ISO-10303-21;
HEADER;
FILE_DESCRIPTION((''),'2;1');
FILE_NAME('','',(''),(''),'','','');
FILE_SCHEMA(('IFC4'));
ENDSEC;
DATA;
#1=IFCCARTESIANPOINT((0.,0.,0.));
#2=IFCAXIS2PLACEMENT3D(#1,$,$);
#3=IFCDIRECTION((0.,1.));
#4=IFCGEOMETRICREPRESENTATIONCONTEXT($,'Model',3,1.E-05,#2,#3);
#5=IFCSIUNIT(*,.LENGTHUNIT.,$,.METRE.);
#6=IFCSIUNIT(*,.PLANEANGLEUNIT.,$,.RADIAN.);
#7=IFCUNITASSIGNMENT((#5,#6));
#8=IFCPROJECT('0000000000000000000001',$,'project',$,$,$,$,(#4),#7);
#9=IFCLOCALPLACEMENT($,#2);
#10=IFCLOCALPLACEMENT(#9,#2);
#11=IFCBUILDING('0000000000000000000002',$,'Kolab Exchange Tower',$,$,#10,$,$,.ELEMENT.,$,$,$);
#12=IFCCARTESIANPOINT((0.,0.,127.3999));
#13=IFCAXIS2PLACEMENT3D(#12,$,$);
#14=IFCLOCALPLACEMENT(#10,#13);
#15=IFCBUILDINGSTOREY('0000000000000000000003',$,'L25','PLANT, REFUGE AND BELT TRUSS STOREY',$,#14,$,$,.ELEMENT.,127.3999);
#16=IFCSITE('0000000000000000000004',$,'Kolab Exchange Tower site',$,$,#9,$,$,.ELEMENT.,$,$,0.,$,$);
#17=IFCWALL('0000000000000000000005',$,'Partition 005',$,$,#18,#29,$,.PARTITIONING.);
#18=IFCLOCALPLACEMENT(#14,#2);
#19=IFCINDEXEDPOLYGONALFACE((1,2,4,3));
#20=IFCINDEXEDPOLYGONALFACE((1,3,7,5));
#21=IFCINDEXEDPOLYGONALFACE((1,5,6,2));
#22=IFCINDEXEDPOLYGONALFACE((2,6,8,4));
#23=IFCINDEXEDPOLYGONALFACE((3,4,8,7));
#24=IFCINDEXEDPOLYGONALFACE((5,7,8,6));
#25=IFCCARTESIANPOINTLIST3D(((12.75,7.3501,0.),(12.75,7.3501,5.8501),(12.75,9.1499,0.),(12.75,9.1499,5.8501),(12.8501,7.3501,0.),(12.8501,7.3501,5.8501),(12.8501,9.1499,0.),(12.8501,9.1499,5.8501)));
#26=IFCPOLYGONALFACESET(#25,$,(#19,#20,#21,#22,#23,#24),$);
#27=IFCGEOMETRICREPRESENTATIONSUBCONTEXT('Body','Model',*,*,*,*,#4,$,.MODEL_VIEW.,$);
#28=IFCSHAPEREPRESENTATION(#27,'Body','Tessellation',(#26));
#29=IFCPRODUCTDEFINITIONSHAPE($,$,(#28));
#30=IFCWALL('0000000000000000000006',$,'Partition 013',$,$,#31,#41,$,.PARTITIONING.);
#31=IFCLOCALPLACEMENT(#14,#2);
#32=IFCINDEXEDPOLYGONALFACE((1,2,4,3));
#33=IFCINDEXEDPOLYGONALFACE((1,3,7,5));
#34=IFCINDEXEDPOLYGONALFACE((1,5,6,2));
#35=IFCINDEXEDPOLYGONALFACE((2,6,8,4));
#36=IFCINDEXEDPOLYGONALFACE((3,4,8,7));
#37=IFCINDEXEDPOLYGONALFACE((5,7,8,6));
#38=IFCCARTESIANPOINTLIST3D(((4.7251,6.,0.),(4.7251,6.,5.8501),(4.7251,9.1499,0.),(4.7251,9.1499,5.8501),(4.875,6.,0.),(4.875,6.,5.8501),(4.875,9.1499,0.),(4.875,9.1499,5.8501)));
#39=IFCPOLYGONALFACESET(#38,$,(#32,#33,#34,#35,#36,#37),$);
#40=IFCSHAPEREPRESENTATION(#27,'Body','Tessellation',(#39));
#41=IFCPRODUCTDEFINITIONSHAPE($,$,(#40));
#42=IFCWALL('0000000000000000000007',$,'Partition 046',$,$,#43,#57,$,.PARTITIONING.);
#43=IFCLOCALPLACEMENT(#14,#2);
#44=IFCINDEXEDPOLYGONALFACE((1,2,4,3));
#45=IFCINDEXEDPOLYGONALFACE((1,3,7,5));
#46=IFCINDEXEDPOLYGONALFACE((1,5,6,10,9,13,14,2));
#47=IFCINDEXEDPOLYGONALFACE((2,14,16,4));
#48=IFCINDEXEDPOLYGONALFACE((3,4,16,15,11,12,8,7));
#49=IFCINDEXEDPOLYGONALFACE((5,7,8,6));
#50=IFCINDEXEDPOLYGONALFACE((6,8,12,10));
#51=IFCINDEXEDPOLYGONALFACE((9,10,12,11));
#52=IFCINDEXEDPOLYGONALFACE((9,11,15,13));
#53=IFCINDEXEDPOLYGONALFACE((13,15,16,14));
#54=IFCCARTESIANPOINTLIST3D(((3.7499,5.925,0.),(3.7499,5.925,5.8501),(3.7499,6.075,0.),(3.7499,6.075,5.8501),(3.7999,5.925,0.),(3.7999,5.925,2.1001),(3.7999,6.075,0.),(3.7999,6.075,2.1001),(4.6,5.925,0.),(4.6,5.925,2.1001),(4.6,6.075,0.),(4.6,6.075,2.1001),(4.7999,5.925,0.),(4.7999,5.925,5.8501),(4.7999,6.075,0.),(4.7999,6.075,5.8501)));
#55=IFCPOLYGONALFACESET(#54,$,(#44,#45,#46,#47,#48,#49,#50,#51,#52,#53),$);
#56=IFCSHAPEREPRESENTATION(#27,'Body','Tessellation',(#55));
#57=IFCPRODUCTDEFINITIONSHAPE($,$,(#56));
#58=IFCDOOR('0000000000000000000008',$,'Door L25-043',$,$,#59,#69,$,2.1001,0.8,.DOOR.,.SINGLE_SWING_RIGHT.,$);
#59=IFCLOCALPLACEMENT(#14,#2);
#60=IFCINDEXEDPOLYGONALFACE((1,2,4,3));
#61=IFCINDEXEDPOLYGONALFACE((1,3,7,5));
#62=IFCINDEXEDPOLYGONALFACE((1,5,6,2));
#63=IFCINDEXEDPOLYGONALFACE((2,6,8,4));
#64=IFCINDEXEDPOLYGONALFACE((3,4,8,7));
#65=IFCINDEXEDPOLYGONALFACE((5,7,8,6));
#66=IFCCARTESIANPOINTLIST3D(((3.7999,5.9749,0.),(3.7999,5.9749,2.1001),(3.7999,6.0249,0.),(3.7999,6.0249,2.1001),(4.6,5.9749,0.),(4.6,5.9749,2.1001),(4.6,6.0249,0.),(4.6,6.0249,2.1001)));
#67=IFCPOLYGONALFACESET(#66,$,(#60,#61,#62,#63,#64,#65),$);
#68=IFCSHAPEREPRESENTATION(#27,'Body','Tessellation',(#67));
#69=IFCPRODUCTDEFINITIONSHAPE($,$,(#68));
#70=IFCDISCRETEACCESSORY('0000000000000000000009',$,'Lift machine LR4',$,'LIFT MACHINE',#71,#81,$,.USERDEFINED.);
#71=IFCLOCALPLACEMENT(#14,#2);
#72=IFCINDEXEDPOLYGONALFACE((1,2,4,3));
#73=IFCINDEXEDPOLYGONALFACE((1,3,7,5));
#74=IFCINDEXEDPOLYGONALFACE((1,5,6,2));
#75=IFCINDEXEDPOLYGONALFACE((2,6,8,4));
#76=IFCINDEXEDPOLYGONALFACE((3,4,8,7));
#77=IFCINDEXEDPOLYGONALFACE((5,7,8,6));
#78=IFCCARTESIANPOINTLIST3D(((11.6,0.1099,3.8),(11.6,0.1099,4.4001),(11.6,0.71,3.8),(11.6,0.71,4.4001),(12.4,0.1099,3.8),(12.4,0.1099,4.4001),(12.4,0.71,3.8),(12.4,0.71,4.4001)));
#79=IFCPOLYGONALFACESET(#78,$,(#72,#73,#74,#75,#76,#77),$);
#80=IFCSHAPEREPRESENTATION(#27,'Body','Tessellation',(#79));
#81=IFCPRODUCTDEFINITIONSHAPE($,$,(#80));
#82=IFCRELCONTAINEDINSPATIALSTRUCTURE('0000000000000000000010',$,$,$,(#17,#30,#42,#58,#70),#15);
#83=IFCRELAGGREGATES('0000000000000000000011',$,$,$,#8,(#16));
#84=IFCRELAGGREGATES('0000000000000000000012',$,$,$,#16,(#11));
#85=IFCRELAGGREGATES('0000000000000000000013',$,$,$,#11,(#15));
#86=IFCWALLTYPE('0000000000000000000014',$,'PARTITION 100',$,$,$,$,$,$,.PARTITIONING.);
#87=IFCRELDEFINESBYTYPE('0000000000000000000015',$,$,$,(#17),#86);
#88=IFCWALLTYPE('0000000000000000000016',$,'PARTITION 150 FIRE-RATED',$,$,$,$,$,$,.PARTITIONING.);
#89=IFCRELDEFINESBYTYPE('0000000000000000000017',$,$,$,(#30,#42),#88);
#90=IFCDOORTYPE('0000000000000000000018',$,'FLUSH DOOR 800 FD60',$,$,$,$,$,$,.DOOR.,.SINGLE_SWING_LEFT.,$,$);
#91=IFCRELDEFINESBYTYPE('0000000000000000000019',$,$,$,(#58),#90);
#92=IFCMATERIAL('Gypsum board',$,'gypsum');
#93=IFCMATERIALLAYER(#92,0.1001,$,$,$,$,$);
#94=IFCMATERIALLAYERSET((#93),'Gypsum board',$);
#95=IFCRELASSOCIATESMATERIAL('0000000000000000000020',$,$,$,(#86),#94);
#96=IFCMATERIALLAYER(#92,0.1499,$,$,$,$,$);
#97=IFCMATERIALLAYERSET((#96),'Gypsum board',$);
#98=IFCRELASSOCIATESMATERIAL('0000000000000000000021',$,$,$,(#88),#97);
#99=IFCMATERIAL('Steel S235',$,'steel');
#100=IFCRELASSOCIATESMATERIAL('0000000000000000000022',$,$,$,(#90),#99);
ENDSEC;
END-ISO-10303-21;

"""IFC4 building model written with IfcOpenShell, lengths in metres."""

from ifc_helpers import new_model, si_unit, direction, frame, frame_2d, origin, origin_2d, place, context, subcontext, project, spatial, rectangle, extrude, material, layer, layer_set, type_object, element, fill, save


model = new_model("IFC4")

# Units and contexts
model_context = context("Model", 3, precision=1e-05, world=origin(), true_north=direction((0.0, 1.0)))
body_context = subcontext(model_context, "Body", "Model", "MODEL_VIEW")
ifc_project = project(units=[si_unit("LENGTHUNIT", "METRE"), si_unit("PLANEANGLEUNIT", "RADIAN")], contexts=[model_context])

# Site, building, storey
site_placement = place(None, origin())
site = spatial("IfcSite", under=ifc_project, at=site_placement, Name="Kolab Exchange Tower site", CompositionType="ELEMENT", RefElevation=0.0)
building_placement = place(site_placement, origin())
building = spatial("IfcBuilding", under=site, at=building_placement, Name="Kolab Exchange Tower", CompositionType="ELEMENT")
storey_placement = place(building_placement, frame((0.0, 0.0, 127.3999)))
storey = spatial("IfcBuildingStorey", under=building, at=storey_placement, Name="L25", Description="PLANT, REFUGE AND BELT TRUSS STOREY", CompositionType="ELEMENT", Elevation=127.3999)

# Shared definitions
ifc_material_1 = material(Name="Steel S235", Category="steel")

# Walls
ifc_material_2 = material(Name="Gypsum board", Category="gypsum")
ifc_layer_1 = layer(ifc_material_2, 0.1001)
ifc_layer_set_1 = layer_set([ifc_layer_1], Name="Gypsum board")
wall_type_1 = type_object("IfcWallType", Name="PARTITION 100", PredefinedType="PARTITIONING", material=ifc_layer_set_1)
wall_1_placement = place(storey_placement, frame((12.8, 7.3501, 0.0), z_axis=(0.0, 0.0, 1.0), x_axis=(0.0, 1.0, 0.0)))
element("IfcWall", 1, at=wall_1_placement, inside=storey, type_object=wall_type_1, Name="Partition 005", PredefinedType="PARTITIONING", context=body_context, shape_type="SweptSolid", body=[
    extrude(rectangle(XDim=1.7998, YDim=0.1001, at=frame_2d((0.8999, 0.0))), origin(), (0.0, 0.0, 1.0), 5.8501),
])
ifc_layer_2 = layer(ifc_material_2, 0.1499)
ifc_layer_set_2 = layer_set([ifc_layer_2], Name="Gypsum board")
wall_type_2 = type_object("IfcWallType", Name="PARTITION 150 FIRE-RATED", PredefinedType="PARTITIONING", material=ifc_layer_set_2)
wall_2_placement = place(storey_placement, frame((4.8, 6.0, 0.0), z_axis=(0.0, 0.0, 1.0), x_axis=(0.0, 1.0, 0.0)))
element("IfcWall", 2, at=wall_2_placement, inside=storey, type_object=wall_type_2, Name="Partition 013", PredefinedType="PARTITIONING", context=body_context, shape_type="SweptSolid", body=[
    extrude(rectangle(XDim=3.1499, YDim=0.1499, at=frame_2d((1.575, 0.0))), origin(), (0.0, 0.0, 1.0), 5.8501),
])

# Wall, opening, door
wall_3_placement = place(storey_placement, frame((3.75, 6.0, 0.0), z_axis=(0.0, 0.0, 1.0), x_axis=(1.0, 0.0, 0.0)))
wall_3 = element("IfcWall", 3, at=wall_3_placement, inside=storey, type_object=wall_type_2, Name="Partition 046", PredefinedType="PARTITIONING", context=body_context, shape_type="SweptSolid", body=[
    extrude(rectangle(XDim=1.05, YDim=0.1499, at=frame_2d((0.5249, 0.0))), origin(), (0.0, 0.0, 1.0), 5.8501),
])
opening_1_placement = place(wall_3_placement, frame((0.05, 0.0, 0.0)))
opening_1 = element("IfcOpeningElement", 4, at=opening_1_placement, cuts=wall_3, PredefinedType="OPENING", context=body_context, shape_type="SweptSolid", body=[
    extrude(rectangle(XDim=0.8, YDim=2.1001, at=frame_2d((0.3999, 1.05))), frame((0.0, 0.085, 0.0), z_axis=(0.0, -1.0, 0.0), x_axis=(1.0, 0.0, 0.0)), (0.0, 0.0, 1.0), 0.1699),
])
door_type_1 = type_object("IfcDoorType", Name="FLUSH DOOR 800 FD60", OperationType="SINGLE_SWING_LEFT", PredefinedType="DOOR", material=ifc_material_1)
door_1_placement = place(opening_1_placement, origin())
door_1 = element("IfcDoor", 5, at=door_1_placement, inside=storey, type_object=door_type_1, Name="Door L25-043", OperationType="SINGLE_SWING_RIGHT", OverallHeight=2.1001, OverallWidth=0.8, PredefinedType="DOOR", context=body_context, shape_type="SweptSolid", body=[
    extrude(rectangle(XDim=0.8, YDim=2.1001, at=frame_2d((0.3999, 1.05))), frame((0.0, 0.0249, 0.0), z_axis=(0.0, -1.0, 0.0), x_axis=(1.0, 0.0, 0.0)), (0.0, 0.0, 1.0), 0.05),
])
fill(opening_1, door_1)

# Discrete accessory
discrete_accessory_placement = place(storey_placement, frame((12.0, 0.4099, 3.8), z_axis=(0.0, 0.0, 1.0), x_axis=(1.0, 0.0, 0.0)))
element("IfcDiscreteAccessory", 6, at=discrete_accessory_placement, inside=storey, Name="Lift machine LR4", ObjectType="LIFT MACHINE", PredefinedType="USERDEFINED", context=body_context, shape_type="SweptSolid", body=[
    extrude(rectangle(XDim=0.8, YDim=0.6001, at=origin_2d()), origin(), (0.0, 0.0, 1.0), 0.6001),
])

save(model, "model.ifc")
